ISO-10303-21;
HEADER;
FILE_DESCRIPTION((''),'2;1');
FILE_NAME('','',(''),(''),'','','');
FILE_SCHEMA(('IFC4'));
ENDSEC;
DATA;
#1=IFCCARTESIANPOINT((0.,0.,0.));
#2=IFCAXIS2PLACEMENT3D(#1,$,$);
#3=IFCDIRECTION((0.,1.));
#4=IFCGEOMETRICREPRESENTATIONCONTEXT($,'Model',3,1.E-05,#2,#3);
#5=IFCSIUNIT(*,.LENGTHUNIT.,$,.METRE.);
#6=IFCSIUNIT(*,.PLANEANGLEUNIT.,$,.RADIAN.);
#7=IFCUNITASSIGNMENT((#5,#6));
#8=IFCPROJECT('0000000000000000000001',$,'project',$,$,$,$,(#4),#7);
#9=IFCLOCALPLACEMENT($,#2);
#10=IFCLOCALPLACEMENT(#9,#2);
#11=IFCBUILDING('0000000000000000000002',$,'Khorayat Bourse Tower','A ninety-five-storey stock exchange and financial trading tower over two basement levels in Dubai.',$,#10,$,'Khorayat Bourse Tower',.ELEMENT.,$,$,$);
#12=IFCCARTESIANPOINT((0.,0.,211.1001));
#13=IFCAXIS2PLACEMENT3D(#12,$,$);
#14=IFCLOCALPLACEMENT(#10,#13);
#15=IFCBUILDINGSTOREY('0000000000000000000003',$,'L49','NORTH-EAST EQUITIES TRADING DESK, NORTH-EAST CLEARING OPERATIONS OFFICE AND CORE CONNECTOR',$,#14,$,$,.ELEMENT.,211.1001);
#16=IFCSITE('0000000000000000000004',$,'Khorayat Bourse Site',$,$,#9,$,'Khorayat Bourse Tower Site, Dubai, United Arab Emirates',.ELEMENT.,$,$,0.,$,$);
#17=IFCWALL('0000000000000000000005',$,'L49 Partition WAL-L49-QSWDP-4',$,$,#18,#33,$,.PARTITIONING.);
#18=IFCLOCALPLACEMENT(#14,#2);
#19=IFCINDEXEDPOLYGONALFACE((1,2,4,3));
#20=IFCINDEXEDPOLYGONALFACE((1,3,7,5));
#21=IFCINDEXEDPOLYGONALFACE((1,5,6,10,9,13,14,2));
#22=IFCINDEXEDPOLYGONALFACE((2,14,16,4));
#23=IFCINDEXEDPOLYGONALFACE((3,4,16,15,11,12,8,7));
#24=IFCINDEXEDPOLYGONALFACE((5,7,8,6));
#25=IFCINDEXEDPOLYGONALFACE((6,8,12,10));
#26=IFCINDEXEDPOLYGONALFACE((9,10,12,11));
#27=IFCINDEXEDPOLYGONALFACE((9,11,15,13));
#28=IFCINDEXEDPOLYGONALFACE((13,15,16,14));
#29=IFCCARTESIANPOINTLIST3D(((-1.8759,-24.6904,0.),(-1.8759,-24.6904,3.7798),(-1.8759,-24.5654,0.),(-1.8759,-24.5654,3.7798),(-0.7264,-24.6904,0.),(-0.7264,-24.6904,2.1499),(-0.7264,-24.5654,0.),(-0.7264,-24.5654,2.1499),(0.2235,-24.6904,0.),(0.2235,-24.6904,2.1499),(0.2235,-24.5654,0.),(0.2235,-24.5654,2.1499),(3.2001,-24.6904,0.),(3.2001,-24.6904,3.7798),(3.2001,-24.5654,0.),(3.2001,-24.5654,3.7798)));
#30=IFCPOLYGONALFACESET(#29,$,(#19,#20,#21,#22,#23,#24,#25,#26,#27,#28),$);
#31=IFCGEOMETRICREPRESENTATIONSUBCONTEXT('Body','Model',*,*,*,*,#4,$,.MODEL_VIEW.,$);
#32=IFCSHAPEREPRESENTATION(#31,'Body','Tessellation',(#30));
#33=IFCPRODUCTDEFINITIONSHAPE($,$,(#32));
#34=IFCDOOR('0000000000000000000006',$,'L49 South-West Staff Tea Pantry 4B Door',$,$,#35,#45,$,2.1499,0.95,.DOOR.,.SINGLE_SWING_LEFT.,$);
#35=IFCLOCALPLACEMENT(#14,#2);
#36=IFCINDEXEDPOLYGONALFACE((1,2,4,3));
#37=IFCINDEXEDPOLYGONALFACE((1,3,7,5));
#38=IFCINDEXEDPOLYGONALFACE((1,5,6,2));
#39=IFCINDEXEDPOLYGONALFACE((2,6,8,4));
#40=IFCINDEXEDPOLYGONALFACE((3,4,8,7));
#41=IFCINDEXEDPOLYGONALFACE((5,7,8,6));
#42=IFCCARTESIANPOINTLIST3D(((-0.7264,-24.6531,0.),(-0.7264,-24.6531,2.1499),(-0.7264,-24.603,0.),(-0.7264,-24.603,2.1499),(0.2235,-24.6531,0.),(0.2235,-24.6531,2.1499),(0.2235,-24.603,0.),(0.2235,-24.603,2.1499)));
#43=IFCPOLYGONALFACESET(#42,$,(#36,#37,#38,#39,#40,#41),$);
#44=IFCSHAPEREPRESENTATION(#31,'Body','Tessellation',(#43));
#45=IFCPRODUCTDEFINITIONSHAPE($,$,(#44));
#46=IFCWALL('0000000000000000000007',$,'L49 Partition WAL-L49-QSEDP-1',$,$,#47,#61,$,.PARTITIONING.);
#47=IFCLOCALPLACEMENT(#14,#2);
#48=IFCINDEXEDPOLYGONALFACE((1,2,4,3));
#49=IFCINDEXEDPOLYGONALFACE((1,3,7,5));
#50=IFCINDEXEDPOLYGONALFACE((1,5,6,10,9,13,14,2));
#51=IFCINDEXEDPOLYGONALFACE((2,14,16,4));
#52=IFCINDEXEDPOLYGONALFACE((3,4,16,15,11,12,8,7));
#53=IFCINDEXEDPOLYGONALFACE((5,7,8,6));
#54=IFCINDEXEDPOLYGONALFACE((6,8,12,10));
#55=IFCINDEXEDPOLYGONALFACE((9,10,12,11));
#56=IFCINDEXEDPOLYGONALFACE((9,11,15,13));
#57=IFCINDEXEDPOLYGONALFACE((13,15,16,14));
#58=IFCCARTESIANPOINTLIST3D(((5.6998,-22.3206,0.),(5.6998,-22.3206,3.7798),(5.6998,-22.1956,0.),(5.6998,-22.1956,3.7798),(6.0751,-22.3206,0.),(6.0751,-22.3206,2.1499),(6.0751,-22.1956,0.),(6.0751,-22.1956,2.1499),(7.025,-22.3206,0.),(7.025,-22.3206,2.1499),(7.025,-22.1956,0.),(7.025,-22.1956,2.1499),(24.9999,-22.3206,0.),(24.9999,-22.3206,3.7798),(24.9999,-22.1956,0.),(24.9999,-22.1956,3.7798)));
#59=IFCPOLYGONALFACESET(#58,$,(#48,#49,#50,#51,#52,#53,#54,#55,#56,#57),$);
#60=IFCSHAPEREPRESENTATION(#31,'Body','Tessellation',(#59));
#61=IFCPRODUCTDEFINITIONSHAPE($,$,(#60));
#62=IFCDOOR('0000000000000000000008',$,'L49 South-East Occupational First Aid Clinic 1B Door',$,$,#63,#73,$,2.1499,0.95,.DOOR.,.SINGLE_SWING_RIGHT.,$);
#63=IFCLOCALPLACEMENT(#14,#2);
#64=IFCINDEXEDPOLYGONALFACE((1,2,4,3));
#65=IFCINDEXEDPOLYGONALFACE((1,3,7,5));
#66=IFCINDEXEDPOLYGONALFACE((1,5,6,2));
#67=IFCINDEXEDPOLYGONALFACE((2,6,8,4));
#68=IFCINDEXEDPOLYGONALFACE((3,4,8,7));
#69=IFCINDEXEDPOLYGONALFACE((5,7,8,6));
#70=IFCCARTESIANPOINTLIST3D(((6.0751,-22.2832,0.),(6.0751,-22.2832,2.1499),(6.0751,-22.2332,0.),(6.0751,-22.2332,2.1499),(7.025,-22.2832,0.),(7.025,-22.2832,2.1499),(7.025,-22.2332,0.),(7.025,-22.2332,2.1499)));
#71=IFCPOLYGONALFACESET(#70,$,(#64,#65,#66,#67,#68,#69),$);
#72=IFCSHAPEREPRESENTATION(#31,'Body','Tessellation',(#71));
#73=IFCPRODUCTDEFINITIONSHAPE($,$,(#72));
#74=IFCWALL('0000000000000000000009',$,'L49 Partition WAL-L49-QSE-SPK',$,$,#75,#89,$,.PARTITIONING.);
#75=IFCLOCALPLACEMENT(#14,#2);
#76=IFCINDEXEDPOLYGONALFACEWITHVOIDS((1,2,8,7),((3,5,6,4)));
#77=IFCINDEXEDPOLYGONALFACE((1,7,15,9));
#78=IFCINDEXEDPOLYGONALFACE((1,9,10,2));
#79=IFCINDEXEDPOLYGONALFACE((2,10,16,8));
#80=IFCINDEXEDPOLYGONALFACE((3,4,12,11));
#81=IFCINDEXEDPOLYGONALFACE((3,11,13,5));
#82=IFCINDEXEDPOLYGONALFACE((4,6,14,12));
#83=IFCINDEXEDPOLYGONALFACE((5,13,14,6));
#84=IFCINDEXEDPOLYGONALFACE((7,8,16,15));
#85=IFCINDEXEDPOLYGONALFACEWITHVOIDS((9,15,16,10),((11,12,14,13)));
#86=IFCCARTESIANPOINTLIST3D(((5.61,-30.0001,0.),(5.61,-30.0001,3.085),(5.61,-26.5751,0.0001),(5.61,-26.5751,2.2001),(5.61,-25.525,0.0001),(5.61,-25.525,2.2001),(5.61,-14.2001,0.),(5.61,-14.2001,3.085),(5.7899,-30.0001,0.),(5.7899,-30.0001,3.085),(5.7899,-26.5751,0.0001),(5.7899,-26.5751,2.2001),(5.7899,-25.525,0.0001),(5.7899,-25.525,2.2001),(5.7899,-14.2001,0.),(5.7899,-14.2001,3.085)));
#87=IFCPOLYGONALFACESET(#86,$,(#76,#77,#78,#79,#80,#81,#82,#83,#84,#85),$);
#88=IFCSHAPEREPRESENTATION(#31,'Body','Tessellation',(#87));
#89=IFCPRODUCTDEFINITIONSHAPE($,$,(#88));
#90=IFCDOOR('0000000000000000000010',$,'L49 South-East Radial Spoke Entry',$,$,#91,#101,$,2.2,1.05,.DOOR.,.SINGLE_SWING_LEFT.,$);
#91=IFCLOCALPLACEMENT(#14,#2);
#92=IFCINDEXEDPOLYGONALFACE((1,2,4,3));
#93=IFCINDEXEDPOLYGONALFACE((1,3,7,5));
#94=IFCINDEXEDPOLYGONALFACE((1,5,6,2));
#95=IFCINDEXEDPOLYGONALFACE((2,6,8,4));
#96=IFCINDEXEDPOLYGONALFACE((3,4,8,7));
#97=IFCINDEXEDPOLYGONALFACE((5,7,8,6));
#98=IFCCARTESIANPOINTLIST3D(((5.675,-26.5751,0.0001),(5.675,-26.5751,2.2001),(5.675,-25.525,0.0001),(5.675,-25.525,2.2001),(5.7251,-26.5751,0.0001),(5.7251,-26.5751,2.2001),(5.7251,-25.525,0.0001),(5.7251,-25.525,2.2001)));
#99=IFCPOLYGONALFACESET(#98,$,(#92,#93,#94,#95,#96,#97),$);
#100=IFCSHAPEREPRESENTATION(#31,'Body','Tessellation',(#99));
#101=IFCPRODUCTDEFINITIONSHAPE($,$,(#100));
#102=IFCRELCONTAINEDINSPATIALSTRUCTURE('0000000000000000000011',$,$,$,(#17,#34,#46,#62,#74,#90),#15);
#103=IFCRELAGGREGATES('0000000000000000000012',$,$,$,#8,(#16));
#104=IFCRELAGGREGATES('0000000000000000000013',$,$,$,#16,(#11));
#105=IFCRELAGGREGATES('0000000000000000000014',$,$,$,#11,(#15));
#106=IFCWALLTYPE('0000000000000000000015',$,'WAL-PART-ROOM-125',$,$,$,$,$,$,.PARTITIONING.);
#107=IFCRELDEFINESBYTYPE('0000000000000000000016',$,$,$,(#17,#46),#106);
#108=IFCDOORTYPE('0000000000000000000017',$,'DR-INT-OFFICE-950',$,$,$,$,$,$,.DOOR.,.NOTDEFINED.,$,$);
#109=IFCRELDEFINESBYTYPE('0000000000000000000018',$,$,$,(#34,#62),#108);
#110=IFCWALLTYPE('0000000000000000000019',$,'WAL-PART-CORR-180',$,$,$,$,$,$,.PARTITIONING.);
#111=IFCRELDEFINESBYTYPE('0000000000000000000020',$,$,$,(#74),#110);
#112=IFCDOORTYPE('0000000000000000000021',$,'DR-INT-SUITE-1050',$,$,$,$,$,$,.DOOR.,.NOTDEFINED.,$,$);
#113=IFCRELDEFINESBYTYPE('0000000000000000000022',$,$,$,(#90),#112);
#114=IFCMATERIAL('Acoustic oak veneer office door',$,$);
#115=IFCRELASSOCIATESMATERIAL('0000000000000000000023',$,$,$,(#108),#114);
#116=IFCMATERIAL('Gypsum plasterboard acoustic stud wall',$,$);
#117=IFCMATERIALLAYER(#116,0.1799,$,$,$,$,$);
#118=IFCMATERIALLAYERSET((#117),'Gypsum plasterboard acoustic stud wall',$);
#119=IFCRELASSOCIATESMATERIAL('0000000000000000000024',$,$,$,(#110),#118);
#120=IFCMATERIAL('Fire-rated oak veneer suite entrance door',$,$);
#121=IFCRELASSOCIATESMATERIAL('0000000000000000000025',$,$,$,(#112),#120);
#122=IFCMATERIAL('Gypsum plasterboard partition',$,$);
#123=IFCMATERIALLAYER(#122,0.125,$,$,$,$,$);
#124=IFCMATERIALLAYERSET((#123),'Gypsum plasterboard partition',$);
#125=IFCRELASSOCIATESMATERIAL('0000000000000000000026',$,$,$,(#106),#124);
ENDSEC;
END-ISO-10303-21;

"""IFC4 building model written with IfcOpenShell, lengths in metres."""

from ifc_helpers import new_model, si_unit, direction, frame, frame_2d, origin, place, context, subcontext, project, spatial, rectangle, extrude, source, transform, mapped, material, layer, layer_set, type_object, element, fill, save


model = new_model("IFC4")

# Units and contexts
model_context = context("Model", 3, precision=1e-05, world=origin(), true_north=direction((0.0, 1.0)))
body_context = subcontext(model_context, "Body", "Model", "MODEL_VIEW")
ifc_project = project(units=[si_unit("LENGTHUNIT", "METRE"), si_unit("PLANEANGLEUNIT", "RADIAN")], contexts=[model_context])

# Site, building, storey
site_placement = place(None, origin())
site = spatial("IfcSite", under=ifc_project, at=site_placement, Name="Khorayat Bourse Site", LongName="Khorayat Bourse Tower Site, Dubai, United Arab Emirates", CompositionType="ELEMENT", RefElevation=0.0)
building_placement = place(site_placement, origin())
building = spatial("IfcBuilding", under=site, at=building_placement, Name="Khorayat Bourse Tower", Description="A ninety-five-storey stock exchange and financial trading tower over two basement levels in Dubai.", LongName="Khorayat Bourse Tower", CompositionType="ELEMENT")
storey_placement = place(building_placement, frame((0.0, 0.0, 211.1001)))
storey = spatial("IfcBuildingStorey", under=building, at=storey_placement, Name="L49", Description="NORTH-EAST EQUITIES TRADING DESK, NORTH-EAST CLEARING OPERATIONS OFFICE AND CORE CONNECTOR", CompositionType="ELEMENT", Elevation=211.1001)

# Shared definitions
ifc_material_1 = material(Name="Acoustic oak veneer office door")
door_type_1 = type_object("IfcDoorType", Name="DR-INT-OFFICE-950", OperationType="NOTDEFINED", PredefinedType="DOOR", material=ifc_material_1)
shared_shape_1 = source(origin(), body_context, "Body", "SweptSolid", [
    extrude(rectangle(XDim=0.95, YDim=2.1499, at=frame_2d((0.4751, 1.075))), frame((0.0, 0.0249, 0.0), z_axis=(0.0, -1.0, 0.0), x_axis=(1.0, 0.0, 0.0)), (0.0, 0.0, 1.0), 0.05),
])
ifc_material_2 = material(Name="Gypsum plasterboard acoustic stud wall")
ifc_layer_1 = layer(ifc_material_2, 0.1799)
ifc_layer_set_1 = layer_set([ifc_layer_1], Name="Gypsum plasterboard acoustic stud wall")
wall_type_1 = type_object("IfcWallType", Name="WAL-PART-CORR-180", PredefinedType="PARTITIONING", material=ifc_layer_set_1)
shared_shape_2 = source(origin(), body_context, "Body", "SweptSolid", [
    extrude(rectangle(XDim=1.05, YDim=2.2, at=frame_2d((0.5249, 1.1001))), frame((0.0, 0.0999, 0.0), z_axis=(0.0, -1.0, 0.0), x_axis=(1.0, 0.0, 0.0)), (0.0, 0.0, 1.0), 0.2),
])
ifc_material_3 = material(Name="Fire-rated oak veneer suite entrance door")
door_type_2 = type_object("IfcDoorType", Name="DR-INT-SUITE-1050", OperationType="NOTDEFINED", PredefinedType="DOOR", material=ifc_material_3)
shared_shape_3 = source(origin(), body_context, "Body", "SweptSolid", [
    extrude(rectangle(XDim=1.05, YDim=2.2, at=frame_2d((0.5249, 1.1001))), frame((0.0, 0.0249, 0.0), z_axis=(0.0, -1.0, 0.0), x_axis=(1.0, 0.0, 0.0)), (0.0, 0.0, 1.0), 0.05),
])

# Walls, openings, doors
ifc_material_4 = material(Name="Gypsum plasterboard partition")
ifc_layer_2 = layer(ifc_material_4, 0.125)
ifc_layer_set_2 = layer_set([ifc_layer_2], Name="Gypsum plasterboard partition")
wall_type_2 = type_object("IfcWallType", Name="WAL-PART-ROOM-125", PredefinedType="PARTITIONING", material=ifc_layer_set_2)
shared_shape_4 = source(origin(), body_context, "Body", "SweptSolid", [
    extrude(rectangle(XDim=5.0759, YDim=0.125, at=frame_2d((2.5381, 0.0))), origin(), (0.0, 0.0, 1.0), 3.7798),
])
wall_1_placement = place(storey_placement, frame((-1.876, -24.6279, 0.0), z_axis=(0.0, 0.0, 1.0), x_axis=(1.0, 0.0, 0.0)))
wall_1 = element("IfcWall", 1, at=wall_1_placement, inside=storey, type_object=wall_type_2, Name="L49 Partition WAL-L49-QSWDP-4", PredefinedType="PARTITIONING", context=body_context, shape_type="MappedRepresentation", body=[
    mapped(shared_shape_4, transform((0.0, 0.0, 0.0), scale=1.0)),
])
shared_shape_5 = source(origin(), body_context, "Body", "SweptSolid", [
    extrude(rectangle(XDim=0.95, YDim=2.1499, at=frame_2d((0.4751, 1.075))), frame((0.0, 0.0725, 0.0), z_axis=(0.0, -1.0, 0.0), x_axis=(1.0, 0.0, 0.0)), (0.0, 0.0, 1.0), 0.145),
])
opening_1_placement = place(wall_1_placement, frame((1.1494, 0.0, 0.0)))
opening_1 = element("IfcOpeningElement", 2, at=opening_1_placement, cuts=wall_1, PredefinedType="OPENING", context=body_context, shape_type="MappedRepresentation", body=[
    mapped(shared_shape_5, transform((0.0, 0.0, 0.0), scale=1.0)),
])
door_1_placement = place(opening_1_placement, origin())
door_1 = element("IfcDoor", 3, at=door_1_placement, inside=storey, type_object=door_type_1, Name="L49 South-West Staff Tea Pantry 4B Door", OperationType="SINGLE_SWING_LEFT", OverallHeight=2.1499, OverallWidth=0.95, PredefinedType="DOOR", context=body_context, shape_type="MappedRepresentation", body=[
    mapped(shared_shape_1, transform((0.0, 0.0, 0.0), scale=1.0)),
])
fill(opening_1, door_1)
shared_shape_6 = source(origin(), body_context, "Body", "SweptSolid", [
    extrude(rectangle(XDim=19.3, YDim=0.125, at=frame_2d((9.6499, 0.0))), origin(), (0.0, 0.0, 1.0), 3.7798),
])
wall_2_placement = place(storey_placement, frame((5.7, -22.2581, 0.0), z_axis=(0.0, 0.0, 1.0), x_axis=(1.0, 0.0, 0.0)))
wall_2 = element("IfcWall", 4, at=wall_2_placement, inside=storey, type_object=wall_type_2, Name="L49 Partition WAL-L49-QSEDP-1", PredefinedType="PARTITIONING", context=body_context, shape_type="MappedRepresentation", body=[
    mapped(shared_shape_6, transform((0.0, 0.0, 0.0), scale=1.0)),
])
opening_2_placement = place(wall_2_placement, frame((0.375, 0.0, 0.0)))
opening_2 = element("IfcOpeningElement", 5, at=opening_2_placement, cuts=wall_2, PredefinedType="OPENING", context=body_context, shape_type="MappedRepresentation", body=[
    mapped(shared_shape_5, transform((0.0, 0.0, 0.0), scale=1.0)),
])
door_2_placement = place(opening_2_placement, origin())
door_2 = element("IfcDoor", 6, at=door_2_placement, inside=storey, type_object=door_type_1, Name="L49 South-East Occupational First Aid Clinic 1B Door", OperationType="SINGLE_SWING_RIGHT", OverallHeight=2.1499, OverallWidth=0.95, PredefinedType="DOOR", context=body_context, shape_type="MappedRepresentation", body=[
    mapped(shared_shape_1, transform((0.0, 0.0, 0.0), scale=1.0)),
])
fill(opening_2, door_2)
shared_shape_7 = source(origin(), body_context, "Body", "SweptSolid", [
    extrude(rectangle(XDim=15.8, YDim=0.1799, at=frame_2d((7.8999, 0.0))), origin(), (0.0, 0.0, 1.0), 3.085),
])
wall_3_placement = place(storey_placement, frame((5.7, -30.0, 0.0), z_axis=(0.0, 0.0, 1.0), x_axis=(0.0, 1.0, 0.0)))
wall_3 = element("IfcWall", 7, at=wall_3_placement, inside=storey, type_object=wall_type_1, Name="L49 Partition WAL-L49-QSE-SPK", PredefinedType="PARTITIONING", context=body_context, shape_type="MappedRepresentation", body=[
    mapped(shared_shape_7, transform((0.0, 0.0, 0.0), scale=1.0)),
])
opening_3_placement = place(wall_3_placement, frame((3.425, 0.0, 0.0)))
opening_3 = element("IfcOpeningElement", 8, at=opening_3_placement, cuts=wall_3, PredefinedType="OPENING", context=body_context, shape_type="MappedRepresentation", body=[
    mapped(shared_shape_2, transform((0.0, 0.0, 0.0), scale=1.0)),
])
door_3_placement = place(opening_3_placement, origin())
door_3 = element("IfcDoor", 9, at=door_3_placement, inside=storey, type_object=door_type_2, Name="L49 South-East Radial Spoke Entry", OperationType="SINGLE_SWING_LEFT", OverallHeight=2.2, OverallWidth=1.05, PredefinedType="DOOR", context=body_context, shape_type="MappedRepresentation", body=[
    mapped(shared_shape_3, transform((0.0, 0.0, 0.0), scale=1.0)),
])
fill(opening_3, door_3)

save(model, "model.ifc")
